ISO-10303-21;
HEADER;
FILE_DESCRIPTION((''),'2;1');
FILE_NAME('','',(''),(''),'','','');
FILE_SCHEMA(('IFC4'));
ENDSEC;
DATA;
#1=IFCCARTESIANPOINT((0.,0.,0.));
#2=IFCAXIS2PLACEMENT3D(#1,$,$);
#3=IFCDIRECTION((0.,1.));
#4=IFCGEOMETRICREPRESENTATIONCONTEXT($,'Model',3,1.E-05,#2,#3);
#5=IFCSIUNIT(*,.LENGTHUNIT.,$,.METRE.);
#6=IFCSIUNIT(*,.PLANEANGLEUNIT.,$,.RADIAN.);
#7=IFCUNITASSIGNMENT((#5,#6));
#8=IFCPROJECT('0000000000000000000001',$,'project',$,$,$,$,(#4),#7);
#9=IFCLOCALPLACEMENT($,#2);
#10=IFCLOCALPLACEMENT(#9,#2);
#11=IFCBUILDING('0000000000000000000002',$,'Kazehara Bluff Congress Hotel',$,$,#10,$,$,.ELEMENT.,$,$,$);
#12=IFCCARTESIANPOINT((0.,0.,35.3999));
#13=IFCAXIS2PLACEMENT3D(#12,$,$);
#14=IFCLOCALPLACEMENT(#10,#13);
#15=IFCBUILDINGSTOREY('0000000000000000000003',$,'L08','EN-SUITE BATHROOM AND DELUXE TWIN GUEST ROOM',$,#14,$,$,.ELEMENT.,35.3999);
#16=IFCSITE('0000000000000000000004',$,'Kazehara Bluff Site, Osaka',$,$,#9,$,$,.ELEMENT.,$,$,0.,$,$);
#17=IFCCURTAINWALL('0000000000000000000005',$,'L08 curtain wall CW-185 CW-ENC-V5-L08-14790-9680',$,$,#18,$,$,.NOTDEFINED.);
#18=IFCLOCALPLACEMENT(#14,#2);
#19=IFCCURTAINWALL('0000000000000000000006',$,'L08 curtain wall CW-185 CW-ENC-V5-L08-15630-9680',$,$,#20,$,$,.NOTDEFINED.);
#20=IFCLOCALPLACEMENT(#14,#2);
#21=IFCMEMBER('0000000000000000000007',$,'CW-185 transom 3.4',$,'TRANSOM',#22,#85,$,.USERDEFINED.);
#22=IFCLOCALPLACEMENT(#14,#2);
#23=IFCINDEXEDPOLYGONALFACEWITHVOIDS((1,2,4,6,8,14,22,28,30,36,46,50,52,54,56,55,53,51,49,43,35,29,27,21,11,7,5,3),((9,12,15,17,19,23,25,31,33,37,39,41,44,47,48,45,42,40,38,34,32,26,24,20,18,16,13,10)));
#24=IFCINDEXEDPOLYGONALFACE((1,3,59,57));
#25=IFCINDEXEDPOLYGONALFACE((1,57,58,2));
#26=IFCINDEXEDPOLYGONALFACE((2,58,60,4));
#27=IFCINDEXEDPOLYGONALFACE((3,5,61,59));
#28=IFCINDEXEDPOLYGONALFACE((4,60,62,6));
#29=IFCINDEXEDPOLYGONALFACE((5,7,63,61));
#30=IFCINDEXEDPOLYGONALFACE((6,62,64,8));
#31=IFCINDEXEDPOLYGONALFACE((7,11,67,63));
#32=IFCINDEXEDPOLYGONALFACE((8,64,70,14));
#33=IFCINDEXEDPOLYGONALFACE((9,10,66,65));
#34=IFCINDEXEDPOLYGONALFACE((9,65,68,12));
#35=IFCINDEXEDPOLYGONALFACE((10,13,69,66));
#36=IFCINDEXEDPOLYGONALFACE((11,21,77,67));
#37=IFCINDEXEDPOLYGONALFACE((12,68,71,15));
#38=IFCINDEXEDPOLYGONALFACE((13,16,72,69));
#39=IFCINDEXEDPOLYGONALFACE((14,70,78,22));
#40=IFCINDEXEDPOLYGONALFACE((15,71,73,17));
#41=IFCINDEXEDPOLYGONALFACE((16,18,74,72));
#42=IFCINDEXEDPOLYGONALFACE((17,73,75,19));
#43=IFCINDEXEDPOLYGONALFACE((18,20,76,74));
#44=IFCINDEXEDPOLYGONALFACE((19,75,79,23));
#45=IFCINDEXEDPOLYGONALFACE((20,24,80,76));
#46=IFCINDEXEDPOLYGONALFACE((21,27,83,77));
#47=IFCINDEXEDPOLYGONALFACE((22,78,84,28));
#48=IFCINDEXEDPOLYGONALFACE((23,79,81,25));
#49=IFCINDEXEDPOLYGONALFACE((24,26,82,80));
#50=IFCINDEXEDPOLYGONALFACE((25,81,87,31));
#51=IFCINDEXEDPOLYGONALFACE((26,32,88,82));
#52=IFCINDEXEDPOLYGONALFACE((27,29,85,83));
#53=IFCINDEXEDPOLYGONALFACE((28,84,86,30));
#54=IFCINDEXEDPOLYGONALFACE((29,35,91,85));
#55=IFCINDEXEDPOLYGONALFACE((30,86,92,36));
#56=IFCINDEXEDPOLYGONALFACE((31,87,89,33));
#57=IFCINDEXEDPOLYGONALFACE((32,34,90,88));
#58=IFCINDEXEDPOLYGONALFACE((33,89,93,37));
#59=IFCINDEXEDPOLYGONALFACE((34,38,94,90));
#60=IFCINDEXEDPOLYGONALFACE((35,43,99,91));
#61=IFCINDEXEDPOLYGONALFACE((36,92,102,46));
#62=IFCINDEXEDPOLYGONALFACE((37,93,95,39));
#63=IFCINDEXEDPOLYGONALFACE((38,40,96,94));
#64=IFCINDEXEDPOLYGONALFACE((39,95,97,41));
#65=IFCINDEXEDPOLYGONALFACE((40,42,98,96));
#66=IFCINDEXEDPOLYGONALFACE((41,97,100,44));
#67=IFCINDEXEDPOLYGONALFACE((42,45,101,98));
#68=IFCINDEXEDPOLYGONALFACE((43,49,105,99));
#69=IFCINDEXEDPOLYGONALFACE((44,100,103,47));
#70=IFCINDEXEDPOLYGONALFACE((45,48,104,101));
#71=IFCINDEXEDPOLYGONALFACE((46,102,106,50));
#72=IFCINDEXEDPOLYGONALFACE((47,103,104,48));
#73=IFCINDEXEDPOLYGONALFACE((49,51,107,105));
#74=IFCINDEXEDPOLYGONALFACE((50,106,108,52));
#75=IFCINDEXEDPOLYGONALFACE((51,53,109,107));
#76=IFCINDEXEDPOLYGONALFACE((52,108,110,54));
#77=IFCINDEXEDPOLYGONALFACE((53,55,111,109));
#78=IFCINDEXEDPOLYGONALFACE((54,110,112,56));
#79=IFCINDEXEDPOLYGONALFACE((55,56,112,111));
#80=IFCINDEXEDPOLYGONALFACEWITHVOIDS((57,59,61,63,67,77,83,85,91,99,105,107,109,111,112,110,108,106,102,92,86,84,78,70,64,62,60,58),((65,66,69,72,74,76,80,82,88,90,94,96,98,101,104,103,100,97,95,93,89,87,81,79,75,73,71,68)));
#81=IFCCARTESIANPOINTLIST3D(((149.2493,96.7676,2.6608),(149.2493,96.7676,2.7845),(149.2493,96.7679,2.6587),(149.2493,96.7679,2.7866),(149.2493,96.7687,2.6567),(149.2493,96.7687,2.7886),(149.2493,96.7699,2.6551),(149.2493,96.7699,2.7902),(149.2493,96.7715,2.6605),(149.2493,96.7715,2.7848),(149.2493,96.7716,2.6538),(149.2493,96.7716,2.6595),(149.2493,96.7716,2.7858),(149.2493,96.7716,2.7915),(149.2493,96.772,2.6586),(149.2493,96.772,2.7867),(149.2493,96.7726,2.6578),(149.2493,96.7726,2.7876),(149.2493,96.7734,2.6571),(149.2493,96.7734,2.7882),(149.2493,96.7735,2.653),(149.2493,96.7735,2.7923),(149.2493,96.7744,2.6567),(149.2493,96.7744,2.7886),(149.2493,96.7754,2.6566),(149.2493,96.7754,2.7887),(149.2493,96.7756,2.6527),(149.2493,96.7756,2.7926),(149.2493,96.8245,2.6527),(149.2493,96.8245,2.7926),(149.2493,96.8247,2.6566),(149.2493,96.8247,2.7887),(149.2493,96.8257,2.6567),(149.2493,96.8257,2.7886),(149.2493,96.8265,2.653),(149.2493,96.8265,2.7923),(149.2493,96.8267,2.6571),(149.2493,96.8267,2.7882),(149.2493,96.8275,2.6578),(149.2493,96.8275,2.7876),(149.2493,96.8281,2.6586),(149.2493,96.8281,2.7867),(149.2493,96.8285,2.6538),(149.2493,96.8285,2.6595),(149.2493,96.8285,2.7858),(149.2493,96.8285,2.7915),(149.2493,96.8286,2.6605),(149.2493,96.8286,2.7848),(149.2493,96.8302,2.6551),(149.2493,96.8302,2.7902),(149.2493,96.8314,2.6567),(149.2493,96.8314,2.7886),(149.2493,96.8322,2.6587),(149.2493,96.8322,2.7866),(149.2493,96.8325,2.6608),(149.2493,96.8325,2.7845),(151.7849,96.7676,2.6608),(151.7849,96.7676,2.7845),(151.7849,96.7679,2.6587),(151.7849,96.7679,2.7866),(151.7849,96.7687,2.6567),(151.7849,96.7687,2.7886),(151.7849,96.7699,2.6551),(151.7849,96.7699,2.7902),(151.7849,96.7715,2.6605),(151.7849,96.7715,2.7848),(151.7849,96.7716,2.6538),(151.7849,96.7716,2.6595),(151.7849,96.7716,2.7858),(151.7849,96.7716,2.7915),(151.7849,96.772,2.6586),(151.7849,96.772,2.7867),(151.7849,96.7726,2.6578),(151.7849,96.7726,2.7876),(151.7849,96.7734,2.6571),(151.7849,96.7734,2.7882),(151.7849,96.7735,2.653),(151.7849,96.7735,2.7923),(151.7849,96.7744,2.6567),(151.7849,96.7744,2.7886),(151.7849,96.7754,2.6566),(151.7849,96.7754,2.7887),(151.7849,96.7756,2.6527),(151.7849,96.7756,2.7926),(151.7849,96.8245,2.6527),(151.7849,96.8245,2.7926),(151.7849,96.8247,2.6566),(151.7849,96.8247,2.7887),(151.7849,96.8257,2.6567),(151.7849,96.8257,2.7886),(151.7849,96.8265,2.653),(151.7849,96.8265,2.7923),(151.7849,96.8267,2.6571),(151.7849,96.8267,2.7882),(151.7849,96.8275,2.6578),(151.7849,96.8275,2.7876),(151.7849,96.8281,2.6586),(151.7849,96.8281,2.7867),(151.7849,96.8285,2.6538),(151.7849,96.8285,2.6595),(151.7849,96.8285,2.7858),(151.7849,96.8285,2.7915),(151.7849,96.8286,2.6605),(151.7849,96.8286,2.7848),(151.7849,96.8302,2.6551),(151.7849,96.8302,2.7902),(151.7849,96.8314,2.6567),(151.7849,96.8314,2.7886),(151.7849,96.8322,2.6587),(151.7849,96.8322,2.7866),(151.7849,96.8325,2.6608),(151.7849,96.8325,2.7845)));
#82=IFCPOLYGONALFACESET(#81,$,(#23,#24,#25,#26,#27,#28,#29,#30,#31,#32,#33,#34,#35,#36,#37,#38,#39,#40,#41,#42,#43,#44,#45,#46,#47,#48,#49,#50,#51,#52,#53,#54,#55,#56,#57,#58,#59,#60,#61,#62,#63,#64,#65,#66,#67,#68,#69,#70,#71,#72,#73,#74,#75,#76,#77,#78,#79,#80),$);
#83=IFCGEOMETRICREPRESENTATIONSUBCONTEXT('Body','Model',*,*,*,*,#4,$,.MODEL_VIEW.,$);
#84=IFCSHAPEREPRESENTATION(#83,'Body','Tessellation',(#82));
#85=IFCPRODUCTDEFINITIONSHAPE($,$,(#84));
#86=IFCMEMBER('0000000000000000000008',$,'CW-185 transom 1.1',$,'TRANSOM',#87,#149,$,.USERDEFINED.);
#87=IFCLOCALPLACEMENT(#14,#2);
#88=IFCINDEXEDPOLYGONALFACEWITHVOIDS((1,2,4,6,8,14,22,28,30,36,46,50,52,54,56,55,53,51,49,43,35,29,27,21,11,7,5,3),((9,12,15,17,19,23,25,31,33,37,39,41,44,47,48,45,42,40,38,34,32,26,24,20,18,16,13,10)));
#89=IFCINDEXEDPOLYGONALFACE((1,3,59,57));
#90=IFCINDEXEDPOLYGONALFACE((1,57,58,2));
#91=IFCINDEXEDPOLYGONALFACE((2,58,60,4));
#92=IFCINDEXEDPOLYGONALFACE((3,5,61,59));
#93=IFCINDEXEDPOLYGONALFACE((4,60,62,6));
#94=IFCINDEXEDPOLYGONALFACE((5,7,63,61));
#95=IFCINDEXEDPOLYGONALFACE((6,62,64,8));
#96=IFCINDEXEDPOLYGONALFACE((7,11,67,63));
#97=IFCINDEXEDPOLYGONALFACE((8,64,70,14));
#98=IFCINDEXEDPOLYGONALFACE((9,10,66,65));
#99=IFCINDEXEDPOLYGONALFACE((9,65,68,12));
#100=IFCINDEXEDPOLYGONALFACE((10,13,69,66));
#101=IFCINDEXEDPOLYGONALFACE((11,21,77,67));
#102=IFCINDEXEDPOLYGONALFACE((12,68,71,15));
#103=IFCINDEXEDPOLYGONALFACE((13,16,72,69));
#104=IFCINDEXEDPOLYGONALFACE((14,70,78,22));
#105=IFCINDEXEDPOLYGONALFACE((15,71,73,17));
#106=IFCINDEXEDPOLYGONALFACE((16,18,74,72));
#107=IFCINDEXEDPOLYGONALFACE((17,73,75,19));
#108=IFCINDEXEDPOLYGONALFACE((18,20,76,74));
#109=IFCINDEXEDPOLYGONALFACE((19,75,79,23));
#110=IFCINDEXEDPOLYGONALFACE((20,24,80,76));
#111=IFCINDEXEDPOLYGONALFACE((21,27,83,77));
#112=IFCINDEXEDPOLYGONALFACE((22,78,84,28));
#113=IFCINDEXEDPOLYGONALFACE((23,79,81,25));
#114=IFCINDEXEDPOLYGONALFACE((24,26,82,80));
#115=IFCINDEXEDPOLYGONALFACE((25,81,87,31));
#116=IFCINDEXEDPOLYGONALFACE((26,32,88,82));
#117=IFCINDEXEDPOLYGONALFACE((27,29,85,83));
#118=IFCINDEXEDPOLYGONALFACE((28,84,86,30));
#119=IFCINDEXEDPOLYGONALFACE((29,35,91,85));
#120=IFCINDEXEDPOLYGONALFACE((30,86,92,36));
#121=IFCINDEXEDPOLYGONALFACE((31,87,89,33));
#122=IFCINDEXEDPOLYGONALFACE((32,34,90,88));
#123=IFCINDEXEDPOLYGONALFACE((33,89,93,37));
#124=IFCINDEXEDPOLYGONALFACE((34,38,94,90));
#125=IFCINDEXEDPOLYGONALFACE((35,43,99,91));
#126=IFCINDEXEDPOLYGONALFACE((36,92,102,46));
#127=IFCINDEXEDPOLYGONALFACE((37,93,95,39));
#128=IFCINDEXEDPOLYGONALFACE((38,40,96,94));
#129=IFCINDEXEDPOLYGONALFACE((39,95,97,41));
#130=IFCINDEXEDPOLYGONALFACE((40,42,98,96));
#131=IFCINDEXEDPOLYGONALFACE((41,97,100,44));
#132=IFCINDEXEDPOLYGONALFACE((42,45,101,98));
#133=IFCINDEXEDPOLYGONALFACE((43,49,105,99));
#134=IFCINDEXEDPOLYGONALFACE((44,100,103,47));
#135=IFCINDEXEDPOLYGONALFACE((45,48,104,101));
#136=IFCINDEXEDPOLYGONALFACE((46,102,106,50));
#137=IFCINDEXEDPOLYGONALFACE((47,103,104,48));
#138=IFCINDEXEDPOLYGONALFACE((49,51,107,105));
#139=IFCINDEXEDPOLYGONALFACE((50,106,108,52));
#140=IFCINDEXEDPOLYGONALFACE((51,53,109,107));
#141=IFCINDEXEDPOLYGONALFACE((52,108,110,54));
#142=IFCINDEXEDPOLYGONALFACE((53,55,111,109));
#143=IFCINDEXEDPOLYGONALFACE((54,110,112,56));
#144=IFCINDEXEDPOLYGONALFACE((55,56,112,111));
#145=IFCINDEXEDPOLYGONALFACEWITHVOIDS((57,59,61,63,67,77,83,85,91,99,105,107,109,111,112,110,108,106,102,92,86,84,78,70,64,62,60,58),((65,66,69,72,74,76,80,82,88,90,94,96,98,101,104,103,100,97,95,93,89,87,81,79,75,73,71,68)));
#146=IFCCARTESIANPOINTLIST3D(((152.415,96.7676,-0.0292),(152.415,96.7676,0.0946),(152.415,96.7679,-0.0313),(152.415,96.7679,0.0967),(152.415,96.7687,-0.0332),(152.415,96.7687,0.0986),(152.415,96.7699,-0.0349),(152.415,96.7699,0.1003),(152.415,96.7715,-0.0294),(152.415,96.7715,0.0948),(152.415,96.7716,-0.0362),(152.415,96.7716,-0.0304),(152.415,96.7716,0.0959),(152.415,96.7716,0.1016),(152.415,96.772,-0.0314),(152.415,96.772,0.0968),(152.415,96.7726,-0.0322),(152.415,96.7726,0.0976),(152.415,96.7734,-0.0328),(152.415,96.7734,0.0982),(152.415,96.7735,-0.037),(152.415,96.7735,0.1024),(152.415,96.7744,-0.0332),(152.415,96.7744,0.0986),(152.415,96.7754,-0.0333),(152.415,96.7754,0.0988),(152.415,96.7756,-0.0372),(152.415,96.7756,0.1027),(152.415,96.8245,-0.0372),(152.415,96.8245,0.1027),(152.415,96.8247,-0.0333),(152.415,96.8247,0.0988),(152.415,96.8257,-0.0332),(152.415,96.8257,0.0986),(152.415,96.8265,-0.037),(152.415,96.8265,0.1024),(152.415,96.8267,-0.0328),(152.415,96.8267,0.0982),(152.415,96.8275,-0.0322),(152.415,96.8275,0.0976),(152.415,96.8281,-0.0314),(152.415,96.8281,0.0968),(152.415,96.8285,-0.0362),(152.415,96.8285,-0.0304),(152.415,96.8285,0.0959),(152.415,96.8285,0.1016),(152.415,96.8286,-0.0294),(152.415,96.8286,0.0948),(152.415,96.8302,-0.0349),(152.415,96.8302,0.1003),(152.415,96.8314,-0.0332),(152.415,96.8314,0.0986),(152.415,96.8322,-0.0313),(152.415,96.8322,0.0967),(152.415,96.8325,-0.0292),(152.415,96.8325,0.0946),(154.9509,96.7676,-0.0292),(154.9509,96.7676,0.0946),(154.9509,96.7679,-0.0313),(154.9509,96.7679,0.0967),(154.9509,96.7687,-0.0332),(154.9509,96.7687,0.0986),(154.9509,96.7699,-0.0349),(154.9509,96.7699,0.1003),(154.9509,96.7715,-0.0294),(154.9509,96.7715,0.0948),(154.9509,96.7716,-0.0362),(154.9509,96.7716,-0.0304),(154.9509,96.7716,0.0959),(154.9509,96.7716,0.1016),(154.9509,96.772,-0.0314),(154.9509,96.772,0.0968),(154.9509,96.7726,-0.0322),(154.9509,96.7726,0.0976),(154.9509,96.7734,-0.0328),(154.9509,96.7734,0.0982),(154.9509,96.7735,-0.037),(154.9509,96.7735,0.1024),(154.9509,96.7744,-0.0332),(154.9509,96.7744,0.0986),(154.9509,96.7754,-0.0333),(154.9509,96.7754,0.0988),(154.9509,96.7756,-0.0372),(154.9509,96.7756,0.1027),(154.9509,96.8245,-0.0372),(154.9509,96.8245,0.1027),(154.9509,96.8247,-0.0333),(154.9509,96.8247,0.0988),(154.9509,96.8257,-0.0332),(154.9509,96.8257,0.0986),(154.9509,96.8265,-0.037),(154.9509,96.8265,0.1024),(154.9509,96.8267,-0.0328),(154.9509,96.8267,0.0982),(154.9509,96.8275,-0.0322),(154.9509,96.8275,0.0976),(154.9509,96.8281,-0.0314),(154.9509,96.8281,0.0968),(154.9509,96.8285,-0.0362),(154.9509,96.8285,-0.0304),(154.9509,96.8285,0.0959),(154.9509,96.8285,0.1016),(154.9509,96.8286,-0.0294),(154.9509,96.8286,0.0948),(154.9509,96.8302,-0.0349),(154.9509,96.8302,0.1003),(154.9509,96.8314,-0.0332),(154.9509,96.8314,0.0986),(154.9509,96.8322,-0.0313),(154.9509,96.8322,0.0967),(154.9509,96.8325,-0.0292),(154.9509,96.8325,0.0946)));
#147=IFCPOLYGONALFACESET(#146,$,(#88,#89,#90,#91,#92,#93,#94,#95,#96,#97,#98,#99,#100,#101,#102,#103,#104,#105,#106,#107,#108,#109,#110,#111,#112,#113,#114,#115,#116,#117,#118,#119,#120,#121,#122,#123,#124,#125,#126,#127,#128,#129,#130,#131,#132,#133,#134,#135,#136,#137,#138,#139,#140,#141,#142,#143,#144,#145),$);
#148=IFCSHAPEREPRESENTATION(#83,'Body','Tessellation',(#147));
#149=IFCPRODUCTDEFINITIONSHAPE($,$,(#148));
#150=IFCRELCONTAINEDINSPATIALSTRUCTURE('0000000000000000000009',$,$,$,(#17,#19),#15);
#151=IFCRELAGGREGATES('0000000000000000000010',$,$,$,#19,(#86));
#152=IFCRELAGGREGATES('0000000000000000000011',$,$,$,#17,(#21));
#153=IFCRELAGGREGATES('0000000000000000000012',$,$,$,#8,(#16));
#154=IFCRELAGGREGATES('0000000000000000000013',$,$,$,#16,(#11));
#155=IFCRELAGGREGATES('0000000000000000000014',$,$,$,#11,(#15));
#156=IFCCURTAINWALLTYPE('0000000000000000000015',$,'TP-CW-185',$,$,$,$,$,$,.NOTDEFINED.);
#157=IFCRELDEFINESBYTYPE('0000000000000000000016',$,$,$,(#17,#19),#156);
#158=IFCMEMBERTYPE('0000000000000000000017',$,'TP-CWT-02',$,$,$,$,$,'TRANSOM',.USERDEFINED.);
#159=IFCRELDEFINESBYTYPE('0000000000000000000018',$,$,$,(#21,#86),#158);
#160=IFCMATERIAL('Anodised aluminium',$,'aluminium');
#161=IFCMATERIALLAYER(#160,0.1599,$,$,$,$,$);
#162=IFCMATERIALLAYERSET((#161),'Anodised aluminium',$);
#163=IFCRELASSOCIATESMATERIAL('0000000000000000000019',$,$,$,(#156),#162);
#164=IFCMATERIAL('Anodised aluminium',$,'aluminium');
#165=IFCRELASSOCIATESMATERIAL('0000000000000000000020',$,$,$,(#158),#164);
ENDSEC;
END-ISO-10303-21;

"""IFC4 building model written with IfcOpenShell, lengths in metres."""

from ifc_helpers import new_model, si_unit, direction, frame, origin, origin_2d, place, context, subcontext, project, spatial, hollow_rectangle, extrude, material, layer, layer_set, material_profile, profile_set, type_object, element, aggregate, save


model = new_model("IFC4")

# Units and contexts
model_context = context("Model", 3, precision=1e-05, world=origin(), true_north=direction((0.0, 1.0)))
body_context = subcontext(model_context, "Body", "Model", "MODEL_VIEW")
ifc_project = project(units=[si_unit("LENGTHUNIT", "METRE"), si_unit("PLANEANGLEUNIT", "RADIAN")], contexts=[model_context])

# Site, building, storey
site_placement = place(None, origin())
site = spatial("IfcSite", under=ifc_project, at=site_placement, Name="Kazehara Bluff Site, Osaka", CompositionType="ELEMENT", RefElevation=0.0)
building_placement = place(site_placement, origin())
building = spatial("IfcBuilding", under=site, at=building_placement, Name="Kazehara Bluff Congress Hotel", CompositionType="ELEMENT")
storey_placement = place(building_placement, frame((0.0, 0.0, 35.3999)))
storey = spatial("IfcBuildingStorey", under=building, at=storey_placement, Name="L08", Description="EN-SUITE BATHROOM AND DELUXE TWIN GUEST ROOM", CompositionType="ELEMENT", Elevation=35.3999)

# Curtain wall
ifc_material_1 = material(Name="Anodised aluminium", Category="aluminium")
ifc_layer_1 = layer(ifc_material_1, 0.1599)
ifc_layer_set_1 = layer_set([ifc_layer_1], Name="Anodised aluminium")
curtain_wall_type = type_object("IfcCurtainWallType", Name="TP-CW-185", PredefinedType="NOTDEFINED", material=ifc_layer_set_1)
curtain_wall_1_placement = place(storey_placement, origin())
curtain_wall_1 = element("IfcCurtainWall", 1, at=curtain_wall_1_placement, inside=storey, type_object=curtain_wall_type, Name="L08 curtain wall CW-185 CW-ENC-V5-L08-14790-9680", PredefinedType="NOTDEFINED")

# Curtain wall
curtain_wall_2_placement = place(storey_placement, origin())
curtain_wall_2 = element("IfcCurtainWall", 2, at=curtain_wall_2_placement, inside=storey, type_object=curtain_wall_type, Name="L08 curtain wall CW-185 CW-ENC-V5-L08-15630-9680", PredefinedType="NOTDEFINED")

# Members
ifc_material_2 = material(Name="Anodised aluminium", Category="aluminium")
ifc_material_profile_1 = material_profile(ifc_material_2, hollow_rectangle(XDim=0.0649, YDim=0.1399, WallThickness=0.0039, InnerFilletRadius=0.0039, OuterFilletRadius=0.0081, at=origin_2d()))
ifc_profile_set_1 = profile_set([ifc_material_profile_1], Name="Anodised aluminium")
member_type_1 = type_object("IfcMemberType", Name="TP-CWT-02", ElementType="TRANSOM", PredefinedType="USERDEFINED", material=ifc_profile_set_1)
member_1_placement = place(storey_placement, frame((149.2493, 96.8, 2.7227), z_axis=(1.0, 0.0, 0.0), x_axis=(0.0, 1.0, 0.0)))
member_1 = element("IfcMember", 3, at=member_1_placement, type_object=member_type_1, Name="CW-185 transom 3.4", ObjectType="TRANSOM", PredefinedType="USERDEFINED", context=body_context, shape_type="SweptSolid", body=[
    extrude(hollow_rectangle(XDim=0.0649, YDim=0.1399, WallThickness=0.0039, InnerFilletRadius=0.0039, OuterFilletRadius=0.0081, at=origin_2d()), origin(), (0.0, 0.0, 1.0), 2.5356),
])
member_2_placement = place(storey_placement, frame((152.415, 96.8, 0.0327), z_axis=(1.0, 0.0, 0.0), x_axis=(0.0, 1.0, 0.0)))
member_2 = element("IfcMember", 4, at=member_2_placement, type_object=member_type_1, Name="CW-185 transom 1.1", ObjectType="TRANSOM", PredefinedType="USERDEFINED", context=body_context, shape_type="SweptSolid", body=[
    extrude(hollow_rectangle(XDim=0.0649, YDim=0.1399, WallThickness=0.0039, InnerFilletRadius=0.0039, OuterFilletRadius=0.0081, at=origin_2d()), origin(), (0.0, 0.0, 1.0), 2.5359),
])
aggregate(curtain_wall_2, [member_2])

aggregate(curtain_wall_1, [member_1])

save(model, "model.ifc")
